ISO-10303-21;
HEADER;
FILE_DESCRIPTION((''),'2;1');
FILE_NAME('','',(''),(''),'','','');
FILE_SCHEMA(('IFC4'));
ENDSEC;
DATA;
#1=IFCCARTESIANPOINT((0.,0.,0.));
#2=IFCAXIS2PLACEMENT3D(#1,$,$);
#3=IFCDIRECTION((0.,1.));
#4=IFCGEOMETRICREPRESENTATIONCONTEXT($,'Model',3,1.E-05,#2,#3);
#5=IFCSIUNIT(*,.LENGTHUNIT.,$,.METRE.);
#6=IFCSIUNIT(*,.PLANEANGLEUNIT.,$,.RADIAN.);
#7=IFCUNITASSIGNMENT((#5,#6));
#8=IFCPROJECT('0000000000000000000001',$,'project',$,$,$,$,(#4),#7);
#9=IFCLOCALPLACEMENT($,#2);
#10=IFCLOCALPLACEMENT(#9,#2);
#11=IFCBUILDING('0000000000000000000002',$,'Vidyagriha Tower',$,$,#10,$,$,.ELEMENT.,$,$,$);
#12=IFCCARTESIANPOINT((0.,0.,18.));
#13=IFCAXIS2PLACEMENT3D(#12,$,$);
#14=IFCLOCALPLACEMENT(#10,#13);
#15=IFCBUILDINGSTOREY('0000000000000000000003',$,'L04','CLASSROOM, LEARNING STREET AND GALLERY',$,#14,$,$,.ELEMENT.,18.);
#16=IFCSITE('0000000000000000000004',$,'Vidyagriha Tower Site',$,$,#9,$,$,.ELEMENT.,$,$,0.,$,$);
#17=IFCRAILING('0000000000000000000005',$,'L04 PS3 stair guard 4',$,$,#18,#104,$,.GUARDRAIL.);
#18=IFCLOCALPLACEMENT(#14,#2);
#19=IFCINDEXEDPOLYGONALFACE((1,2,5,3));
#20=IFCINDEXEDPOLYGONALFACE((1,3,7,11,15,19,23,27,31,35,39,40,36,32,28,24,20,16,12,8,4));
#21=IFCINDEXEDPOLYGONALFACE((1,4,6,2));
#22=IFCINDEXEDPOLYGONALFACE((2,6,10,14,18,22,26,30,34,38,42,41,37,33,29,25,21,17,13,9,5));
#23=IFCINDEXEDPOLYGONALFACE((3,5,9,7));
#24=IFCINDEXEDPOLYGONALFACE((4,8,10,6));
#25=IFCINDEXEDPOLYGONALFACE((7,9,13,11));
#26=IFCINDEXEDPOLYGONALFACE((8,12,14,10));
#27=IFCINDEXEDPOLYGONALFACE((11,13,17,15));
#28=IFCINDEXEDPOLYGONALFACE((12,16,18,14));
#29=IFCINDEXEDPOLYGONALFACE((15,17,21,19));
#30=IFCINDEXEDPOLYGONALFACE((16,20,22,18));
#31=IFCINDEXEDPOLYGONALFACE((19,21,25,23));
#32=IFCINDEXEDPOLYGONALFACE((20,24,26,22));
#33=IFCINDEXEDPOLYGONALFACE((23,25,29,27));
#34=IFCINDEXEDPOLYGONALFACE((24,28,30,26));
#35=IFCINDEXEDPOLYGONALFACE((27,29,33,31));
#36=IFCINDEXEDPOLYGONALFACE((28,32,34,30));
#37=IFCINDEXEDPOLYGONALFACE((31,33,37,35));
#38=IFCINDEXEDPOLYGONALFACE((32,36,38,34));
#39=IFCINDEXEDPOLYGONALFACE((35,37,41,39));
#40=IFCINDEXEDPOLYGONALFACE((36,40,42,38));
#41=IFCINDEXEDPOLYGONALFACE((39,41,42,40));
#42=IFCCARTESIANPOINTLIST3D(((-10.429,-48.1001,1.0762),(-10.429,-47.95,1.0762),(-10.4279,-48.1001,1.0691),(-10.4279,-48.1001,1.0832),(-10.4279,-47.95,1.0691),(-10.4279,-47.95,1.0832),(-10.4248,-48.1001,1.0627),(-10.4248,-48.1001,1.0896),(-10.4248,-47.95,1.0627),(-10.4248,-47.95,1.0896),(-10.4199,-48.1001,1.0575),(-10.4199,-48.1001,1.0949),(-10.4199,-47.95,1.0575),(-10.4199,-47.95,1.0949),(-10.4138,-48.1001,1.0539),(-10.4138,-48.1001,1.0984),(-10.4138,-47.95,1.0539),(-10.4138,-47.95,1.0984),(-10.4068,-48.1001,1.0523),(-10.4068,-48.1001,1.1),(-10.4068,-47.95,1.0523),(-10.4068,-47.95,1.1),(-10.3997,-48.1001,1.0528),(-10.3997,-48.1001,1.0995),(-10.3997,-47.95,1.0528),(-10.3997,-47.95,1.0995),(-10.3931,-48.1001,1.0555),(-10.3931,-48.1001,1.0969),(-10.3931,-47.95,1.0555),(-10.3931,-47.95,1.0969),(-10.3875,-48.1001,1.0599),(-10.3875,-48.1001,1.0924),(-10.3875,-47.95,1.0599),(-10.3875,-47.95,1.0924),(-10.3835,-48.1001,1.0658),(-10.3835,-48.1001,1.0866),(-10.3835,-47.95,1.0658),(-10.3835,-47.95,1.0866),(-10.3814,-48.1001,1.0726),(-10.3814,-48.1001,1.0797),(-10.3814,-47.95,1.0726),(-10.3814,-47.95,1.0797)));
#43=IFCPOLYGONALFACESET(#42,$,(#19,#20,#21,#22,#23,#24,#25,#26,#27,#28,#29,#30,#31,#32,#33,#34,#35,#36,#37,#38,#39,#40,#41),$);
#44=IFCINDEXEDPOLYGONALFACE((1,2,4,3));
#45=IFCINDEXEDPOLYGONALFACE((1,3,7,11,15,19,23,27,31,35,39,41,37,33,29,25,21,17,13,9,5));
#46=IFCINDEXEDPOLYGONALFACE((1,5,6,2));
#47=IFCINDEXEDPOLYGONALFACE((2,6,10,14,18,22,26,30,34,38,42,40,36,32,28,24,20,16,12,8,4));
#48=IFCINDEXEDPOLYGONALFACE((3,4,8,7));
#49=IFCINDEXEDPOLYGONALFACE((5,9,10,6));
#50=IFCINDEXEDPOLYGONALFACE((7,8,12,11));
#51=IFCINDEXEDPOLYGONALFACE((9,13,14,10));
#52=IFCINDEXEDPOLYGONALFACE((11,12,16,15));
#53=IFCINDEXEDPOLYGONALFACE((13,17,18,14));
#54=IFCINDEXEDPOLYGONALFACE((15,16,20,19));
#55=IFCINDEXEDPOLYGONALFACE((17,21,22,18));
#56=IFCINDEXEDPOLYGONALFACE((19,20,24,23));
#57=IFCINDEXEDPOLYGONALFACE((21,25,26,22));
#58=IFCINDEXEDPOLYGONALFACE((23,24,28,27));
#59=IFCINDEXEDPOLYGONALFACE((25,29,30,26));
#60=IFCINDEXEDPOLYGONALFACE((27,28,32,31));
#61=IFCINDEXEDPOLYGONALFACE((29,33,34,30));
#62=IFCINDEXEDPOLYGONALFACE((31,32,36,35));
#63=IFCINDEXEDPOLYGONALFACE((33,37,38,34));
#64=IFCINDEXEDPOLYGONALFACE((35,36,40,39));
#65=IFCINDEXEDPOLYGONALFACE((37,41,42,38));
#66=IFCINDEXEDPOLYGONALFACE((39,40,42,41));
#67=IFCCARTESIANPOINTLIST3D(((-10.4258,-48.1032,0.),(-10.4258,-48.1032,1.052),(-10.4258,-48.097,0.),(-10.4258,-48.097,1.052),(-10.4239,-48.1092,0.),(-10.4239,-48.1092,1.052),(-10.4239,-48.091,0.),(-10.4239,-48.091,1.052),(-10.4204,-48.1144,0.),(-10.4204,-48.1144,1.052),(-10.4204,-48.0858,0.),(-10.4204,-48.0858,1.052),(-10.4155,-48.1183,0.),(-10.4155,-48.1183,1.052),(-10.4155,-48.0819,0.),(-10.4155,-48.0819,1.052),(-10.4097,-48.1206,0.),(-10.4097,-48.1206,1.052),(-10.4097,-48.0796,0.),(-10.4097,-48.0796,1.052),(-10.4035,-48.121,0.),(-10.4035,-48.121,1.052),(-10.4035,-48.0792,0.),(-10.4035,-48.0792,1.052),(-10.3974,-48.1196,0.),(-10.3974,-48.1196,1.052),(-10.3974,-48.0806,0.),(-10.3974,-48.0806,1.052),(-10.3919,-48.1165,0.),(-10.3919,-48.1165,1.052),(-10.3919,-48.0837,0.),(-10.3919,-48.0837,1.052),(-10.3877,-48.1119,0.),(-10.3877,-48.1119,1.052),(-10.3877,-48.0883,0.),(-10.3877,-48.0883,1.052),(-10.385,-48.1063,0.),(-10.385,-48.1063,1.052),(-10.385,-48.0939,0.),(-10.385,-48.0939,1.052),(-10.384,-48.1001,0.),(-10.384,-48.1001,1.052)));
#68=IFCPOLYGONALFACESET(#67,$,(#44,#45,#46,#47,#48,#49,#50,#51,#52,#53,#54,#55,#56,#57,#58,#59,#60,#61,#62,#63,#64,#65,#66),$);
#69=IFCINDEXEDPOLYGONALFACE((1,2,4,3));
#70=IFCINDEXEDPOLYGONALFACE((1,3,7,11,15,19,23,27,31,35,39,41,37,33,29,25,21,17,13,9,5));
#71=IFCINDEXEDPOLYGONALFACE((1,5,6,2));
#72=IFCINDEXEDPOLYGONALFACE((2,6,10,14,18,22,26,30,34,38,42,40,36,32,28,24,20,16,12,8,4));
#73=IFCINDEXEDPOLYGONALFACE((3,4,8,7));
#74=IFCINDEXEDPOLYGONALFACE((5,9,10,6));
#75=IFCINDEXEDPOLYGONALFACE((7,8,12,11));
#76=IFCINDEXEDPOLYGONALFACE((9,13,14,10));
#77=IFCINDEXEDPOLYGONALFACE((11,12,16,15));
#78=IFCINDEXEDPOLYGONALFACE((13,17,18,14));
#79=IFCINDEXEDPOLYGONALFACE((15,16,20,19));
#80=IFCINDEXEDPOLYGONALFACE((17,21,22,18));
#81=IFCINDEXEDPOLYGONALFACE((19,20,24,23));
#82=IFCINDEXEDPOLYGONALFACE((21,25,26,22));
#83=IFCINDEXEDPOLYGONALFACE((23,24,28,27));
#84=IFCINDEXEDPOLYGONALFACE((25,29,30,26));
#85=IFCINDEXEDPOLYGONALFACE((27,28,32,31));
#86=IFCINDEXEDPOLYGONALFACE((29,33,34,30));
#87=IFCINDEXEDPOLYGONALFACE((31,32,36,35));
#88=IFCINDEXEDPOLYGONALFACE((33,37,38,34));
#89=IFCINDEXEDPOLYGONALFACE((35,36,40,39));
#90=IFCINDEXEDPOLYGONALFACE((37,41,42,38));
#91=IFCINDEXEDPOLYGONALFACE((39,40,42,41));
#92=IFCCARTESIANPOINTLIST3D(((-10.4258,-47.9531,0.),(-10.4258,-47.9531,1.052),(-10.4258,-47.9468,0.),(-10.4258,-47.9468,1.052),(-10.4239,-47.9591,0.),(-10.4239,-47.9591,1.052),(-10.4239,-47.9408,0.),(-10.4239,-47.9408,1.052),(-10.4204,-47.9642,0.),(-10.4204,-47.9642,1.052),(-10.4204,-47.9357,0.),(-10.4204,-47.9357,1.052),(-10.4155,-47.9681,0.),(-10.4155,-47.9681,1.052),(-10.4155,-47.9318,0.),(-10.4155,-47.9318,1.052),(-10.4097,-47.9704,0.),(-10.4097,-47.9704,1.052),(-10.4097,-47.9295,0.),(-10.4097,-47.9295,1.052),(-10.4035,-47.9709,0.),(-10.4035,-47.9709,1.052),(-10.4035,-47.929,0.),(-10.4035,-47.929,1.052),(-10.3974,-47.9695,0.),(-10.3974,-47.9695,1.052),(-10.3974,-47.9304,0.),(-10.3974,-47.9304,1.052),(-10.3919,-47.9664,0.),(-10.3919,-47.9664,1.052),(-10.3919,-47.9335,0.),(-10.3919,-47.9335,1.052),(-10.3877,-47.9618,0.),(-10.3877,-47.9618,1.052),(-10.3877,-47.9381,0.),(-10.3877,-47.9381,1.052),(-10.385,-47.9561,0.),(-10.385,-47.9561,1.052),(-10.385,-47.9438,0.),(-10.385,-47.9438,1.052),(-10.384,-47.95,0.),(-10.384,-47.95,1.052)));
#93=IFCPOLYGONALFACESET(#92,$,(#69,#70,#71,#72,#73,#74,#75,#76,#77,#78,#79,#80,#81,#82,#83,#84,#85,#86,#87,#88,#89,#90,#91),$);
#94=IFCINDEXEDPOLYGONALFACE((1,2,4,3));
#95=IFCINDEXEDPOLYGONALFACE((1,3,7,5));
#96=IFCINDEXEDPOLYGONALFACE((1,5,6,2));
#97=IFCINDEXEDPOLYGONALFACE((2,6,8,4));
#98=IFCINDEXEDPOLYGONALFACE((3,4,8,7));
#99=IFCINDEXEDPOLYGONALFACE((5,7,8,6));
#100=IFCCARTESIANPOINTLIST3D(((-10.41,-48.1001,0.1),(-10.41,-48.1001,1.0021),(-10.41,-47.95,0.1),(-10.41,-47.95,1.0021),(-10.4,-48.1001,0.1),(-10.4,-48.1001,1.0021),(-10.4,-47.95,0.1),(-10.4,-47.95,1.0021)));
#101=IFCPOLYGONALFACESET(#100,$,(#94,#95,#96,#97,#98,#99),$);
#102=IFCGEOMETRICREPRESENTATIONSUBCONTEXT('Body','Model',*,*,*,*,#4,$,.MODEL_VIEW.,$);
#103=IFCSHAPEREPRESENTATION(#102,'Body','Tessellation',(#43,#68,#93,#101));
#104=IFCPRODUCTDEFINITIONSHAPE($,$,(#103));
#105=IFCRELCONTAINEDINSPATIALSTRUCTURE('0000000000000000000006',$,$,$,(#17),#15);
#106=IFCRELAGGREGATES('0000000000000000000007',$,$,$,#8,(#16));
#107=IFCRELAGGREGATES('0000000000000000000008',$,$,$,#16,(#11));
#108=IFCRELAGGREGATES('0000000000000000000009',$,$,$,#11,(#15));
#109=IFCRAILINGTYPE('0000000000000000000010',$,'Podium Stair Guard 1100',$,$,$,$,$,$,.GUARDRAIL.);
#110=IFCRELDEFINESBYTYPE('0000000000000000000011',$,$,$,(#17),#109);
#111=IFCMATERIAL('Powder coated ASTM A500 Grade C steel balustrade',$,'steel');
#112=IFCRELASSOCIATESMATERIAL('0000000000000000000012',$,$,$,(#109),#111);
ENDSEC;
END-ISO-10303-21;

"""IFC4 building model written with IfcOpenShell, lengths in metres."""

from ifc_helpers import new_model, si_unit, direction, frame, origin, origin_2d, place, context, subcontext, project, spatial, rectangle, circle, extrude, material, type_object, element, save


model = new_model("IFC4")

# Units and contexts
model_context = context("Model", 3, precision=1e-05, world=origin(), true_north=direction((0.0, 1.0)))
body_context = subcontext(model_context, "Body", "Model", "MODEL_VIEW")
ifc_project = project(units=[si_unit("LENGTHUNIT", "METRE"), si_unit("PLANEANGLEUNIT", "RADIAN")], contexts=[model_context])

# Site, building, storey
site_placement = place(None, origin())
site = spatial("IfcSite", under=ifc_project, at=site_placement, Name="Vidyagriha Tower Site", CompositionType="ELEMENT", RefElevation=0.0)
building_placement = place(site_placement, origin())
building = spatial("IfcBuilding", under=site, at=building_placement, Name="Vidyagriha Tower", CompositionType="ELEMENT")
storey_placement = place(building_placement, frame((0.0, 0.0, 18.0)))
storey = spatial("IfcBuildingStorey", under=building, at=storey_placement, Name="L04", Description="CLASSROOM, LEARNING STREET AND GALLERY", CompositionType="ELEMENT", Elevation=18.0)

# Railing
ifc_material_1 = material(Name="Powder coated ASTM A500 Grade C steel balustrade", Category="steel")
railing_type_1 = type_object("IfcRailingType", Name="Podium Stair Guard 1100", PredefinedType="GUARDRAIL", material=ifc_material_1)
railing_1_placement = place(storey_placement, frame((-10.405, -48.1001, 0.0)))
element("IfcRailing", 1, at=railing_1_placement, inside=storey, type_object=railing_type_1, Name="L04 PS3 stair guard 4", PredefinedType="GUARDRAIL", context=body_context, shape_type="SweptSolid", body=[
    extrude(circle(Radius=0.0239, at=origin_2d()), frame((0.0, 0.0, 1.0762), z_axis=(0.0, 1.0, 0.0), x_axis=(-1.0, 0.0, 0.0)), (0.0, 0.0, 1.0), 0.1501),
    extrude(circle(Radius=0.021, at=origin_2d()), origin(), (0.0, 0.0, 1.0), 1.052),
    extrude(circle(Radius=0.021, at=origin_2d()), frame((0.0, 0.1501, 0.0)), (0.0, 0.0, 1.0), 1.052),
    extrude(rectangle(XDim=0.01, YDim=0.9021, at=origin_2d()), frame((0.0, 0.0, 0.551), z_axis=(0.0, 1.0, 0.0), x_axis=(-1.0, 0.0, 0.0)), (0.0, 0.0, 1.0), 0.1501),
])

save(model, "model.ifc")
